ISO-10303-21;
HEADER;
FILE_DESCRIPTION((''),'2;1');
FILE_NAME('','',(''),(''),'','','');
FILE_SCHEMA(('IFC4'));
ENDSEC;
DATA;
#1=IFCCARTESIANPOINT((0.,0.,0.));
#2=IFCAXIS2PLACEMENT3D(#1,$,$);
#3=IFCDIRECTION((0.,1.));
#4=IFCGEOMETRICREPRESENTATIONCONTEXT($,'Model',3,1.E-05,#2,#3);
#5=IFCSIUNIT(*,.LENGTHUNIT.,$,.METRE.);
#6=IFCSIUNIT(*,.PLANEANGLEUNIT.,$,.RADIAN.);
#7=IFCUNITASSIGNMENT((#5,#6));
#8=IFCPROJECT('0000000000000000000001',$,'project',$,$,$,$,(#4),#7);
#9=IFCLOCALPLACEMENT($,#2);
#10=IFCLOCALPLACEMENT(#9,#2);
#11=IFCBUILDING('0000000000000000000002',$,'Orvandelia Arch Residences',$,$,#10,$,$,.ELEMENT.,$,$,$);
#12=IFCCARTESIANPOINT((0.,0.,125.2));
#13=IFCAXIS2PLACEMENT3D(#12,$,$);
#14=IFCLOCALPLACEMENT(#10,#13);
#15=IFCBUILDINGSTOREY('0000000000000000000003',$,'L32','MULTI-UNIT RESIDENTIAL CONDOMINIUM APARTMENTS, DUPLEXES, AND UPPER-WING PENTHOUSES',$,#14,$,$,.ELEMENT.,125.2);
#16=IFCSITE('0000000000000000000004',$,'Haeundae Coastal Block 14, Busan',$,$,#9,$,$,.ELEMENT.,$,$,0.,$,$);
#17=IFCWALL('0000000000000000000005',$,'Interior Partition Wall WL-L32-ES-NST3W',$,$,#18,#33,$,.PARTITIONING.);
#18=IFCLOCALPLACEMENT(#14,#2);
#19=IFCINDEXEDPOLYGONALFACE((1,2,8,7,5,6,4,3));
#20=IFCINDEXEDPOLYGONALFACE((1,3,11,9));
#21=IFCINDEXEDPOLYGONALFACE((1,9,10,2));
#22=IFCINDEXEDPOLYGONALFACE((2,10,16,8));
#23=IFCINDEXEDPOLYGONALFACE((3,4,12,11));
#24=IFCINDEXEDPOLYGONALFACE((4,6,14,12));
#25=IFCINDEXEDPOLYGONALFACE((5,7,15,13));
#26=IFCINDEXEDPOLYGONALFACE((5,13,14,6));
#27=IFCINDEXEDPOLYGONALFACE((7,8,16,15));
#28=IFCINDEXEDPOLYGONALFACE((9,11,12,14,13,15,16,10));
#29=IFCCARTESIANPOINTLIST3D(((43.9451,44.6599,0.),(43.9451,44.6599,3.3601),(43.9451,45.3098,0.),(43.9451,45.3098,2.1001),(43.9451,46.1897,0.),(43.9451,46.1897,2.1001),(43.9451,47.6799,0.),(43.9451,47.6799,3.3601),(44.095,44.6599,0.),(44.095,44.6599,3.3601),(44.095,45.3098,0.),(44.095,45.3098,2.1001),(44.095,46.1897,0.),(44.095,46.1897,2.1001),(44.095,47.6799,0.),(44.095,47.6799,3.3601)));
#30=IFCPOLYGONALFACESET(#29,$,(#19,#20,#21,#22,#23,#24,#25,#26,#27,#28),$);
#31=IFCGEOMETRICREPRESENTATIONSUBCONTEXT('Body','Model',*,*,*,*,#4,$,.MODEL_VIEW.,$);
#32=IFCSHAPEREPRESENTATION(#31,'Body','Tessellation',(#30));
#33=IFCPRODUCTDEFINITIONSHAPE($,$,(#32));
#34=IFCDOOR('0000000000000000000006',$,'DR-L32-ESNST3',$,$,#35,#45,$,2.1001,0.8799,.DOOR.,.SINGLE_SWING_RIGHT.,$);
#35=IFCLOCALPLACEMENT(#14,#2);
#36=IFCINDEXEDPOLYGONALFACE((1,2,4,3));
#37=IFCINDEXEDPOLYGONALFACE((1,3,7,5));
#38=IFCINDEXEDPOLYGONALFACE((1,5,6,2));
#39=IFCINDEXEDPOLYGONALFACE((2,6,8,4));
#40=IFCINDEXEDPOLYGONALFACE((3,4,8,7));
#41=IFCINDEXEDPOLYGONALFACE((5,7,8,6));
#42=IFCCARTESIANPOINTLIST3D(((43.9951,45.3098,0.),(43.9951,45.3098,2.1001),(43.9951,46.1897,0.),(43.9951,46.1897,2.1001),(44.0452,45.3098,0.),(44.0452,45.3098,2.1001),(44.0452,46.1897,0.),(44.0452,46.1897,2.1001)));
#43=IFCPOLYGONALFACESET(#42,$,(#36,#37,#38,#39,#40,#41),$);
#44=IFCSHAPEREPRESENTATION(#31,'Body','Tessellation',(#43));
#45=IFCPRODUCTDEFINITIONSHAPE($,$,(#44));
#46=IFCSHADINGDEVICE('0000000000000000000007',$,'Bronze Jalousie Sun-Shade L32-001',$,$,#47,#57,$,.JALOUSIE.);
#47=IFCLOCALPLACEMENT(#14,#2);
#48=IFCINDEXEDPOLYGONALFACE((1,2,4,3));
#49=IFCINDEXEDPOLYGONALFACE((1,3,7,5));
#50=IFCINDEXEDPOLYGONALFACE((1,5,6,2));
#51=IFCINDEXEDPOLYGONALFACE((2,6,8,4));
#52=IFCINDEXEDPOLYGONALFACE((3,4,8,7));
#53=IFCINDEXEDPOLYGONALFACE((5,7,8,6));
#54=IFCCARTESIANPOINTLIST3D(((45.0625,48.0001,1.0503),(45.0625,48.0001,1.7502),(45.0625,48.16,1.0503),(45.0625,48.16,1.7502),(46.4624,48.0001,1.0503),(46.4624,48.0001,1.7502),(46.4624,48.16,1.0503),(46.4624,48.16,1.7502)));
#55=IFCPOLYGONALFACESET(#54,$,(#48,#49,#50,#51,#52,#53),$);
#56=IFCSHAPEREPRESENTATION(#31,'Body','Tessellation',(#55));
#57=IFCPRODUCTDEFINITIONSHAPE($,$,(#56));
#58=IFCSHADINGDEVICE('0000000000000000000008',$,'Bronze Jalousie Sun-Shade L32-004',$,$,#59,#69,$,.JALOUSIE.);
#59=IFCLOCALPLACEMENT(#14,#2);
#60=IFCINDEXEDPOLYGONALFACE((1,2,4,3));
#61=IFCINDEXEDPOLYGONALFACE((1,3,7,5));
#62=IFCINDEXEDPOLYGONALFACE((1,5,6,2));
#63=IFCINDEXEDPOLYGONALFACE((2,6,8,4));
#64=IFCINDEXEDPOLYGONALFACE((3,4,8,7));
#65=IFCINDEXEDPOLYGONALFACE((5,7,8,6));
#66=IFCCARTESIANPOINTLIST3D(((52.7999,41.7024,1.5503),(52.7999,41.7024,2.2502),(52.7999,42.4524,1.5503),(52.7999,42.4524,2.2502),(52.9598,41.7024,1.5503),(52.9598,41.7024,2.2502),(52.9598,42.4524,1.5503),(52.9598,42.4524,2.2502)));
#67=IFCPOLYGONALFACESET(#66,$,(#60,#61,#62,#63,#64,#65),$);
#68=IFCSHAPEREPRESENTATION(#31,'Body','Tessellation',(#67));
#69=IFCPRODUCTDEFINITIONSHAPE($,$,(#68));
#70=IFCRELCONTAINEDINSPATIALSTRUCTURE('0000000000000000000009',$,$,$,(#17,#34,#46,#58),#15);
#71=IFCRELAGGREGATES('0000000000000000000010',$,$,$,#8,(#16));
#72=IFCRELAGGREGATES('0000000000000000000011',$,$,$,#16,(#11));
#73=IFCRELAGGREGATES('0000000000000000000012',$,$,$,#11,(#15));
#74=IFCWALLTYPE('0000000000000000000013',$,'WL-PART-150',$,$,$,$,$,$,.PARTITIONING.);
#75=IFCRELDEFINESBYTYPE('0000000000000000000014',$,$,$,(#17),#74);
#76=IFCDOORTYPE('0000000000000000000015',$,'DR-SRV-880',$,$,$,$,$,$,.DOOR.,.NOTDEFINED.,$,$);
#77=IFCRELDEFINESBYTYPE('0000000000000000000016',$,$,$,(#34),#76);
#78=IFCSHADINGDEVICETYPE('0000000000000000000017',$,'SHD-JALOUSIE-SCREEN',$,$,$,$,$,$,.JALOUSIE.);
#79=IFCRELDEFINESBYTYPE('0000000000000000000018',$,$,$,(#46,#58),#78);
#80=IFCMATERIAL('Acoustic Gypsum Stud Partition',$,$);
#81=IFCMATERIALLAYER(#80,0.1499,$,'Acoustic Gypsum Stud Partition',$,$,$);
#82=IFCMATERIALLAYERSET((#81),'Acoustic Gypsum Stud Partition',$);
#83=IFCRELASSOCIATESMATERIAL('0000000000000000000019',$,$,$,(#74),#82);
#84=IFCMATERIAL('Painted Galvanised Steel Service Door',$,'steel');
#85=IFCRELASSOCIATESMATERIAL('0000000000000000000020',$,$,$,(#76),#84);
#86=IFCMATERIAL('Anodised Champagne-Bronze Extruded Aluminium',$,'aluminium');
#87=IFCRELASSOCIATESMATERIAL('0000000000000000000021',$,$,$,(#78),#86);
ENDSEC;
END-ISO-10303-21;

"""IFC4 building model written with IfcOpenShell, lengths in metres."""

from ifc_helpers import new_model, si_unit, direction, frame, frame_2d, origin, origin_2d, place, context, subcontext, project, spatial, rectangle, extrude, material, layer, layer_set, type_object, element, fill, save


model = new_model("IFC4")

# Units and contexts
model_context = context("Model", 3, precision=1e-05, world=origin(), true_north=direction((0.0, 1.0)))
body_context = subcontext(model_context, "Body", "Model", "MODEL_VIEW")
ifc_project = project(units=[si_unit("LENGTHUNIT", "METRE"), si_unit("PLANEANGLEUNIT", "RADIAN")], contexts=[model_context])

# Site, building, storey
site_placement = place(None, origin())
site = spatial("IfcSite", under=ifc_project, at=site_placement, Name="Haeundae Coastal Block 14, Busan", CompositionType="ELEMENT", RefElevation=0.0)
building_placement = place(site_placement, origin())
building = spatial("IfcBuilding", under=site, at=building_placement, Name="Orvandelia Arch Residences", CompositionType="ELEMENT")
storey_placement = place(building_placement, frame((0.0, 0.0, 125.2)))
storey = spatial("IfcBuildingStorey", under=building, at=storey_placement, Name="L32", Description="MULTI-UNIT RESIDENTIAL CONDOMINIUM APARTMENTS, DUPLEXES, AND UPPER-WING PENTHOUSES", CompositionType="ELEMENT", Elevation=125.2)

# Wall, opening, door
ifc_material_1 = material(Name="Acoustic Gypsum Stud Partition")
ifc_layer_1 = layer(ifc_material_1, 0.1499, Name="Acoustic Gypsum Stud Partition")
ifc_layer_set_1 = layer_set([ifc_layer_1], Name="Acoustic Gypsum Stud Partition")
wall_type_1 = type_object("IfcWallType", Name="WL-PART-150", PredefinedType="PARTITIONING", material=ifc_layer_set_1)
wall_1_placement = place(storey_placement, frame((44.02, 44.6599, 0.0), z_axis=(0.0, 0.0, 1.0), x_axis=(0.0, 1.0, 0.0)))
wall_1 = element("IfcWall", 1, at=wall_1_placement, inside=storey, type_object=wall_type_1, Name="Interior Partition Wall WL-L32-ES-NST3W", PredefinedType="PARTITIONING", context=body_context, shape_type="SweptSolid", body=[
    extrude(rectangle(XDim=3.02, YDim=0.1499, at=frame_2d((1.51, 0.0))), origin(), (0.0, 0.0, 1.0), 3.3601),
])
opening_1_placement = place(wall_1_placement, frame((0.6499, 0.0, 0.0)))
opening_1 = element("IfcOpeningElement", 2, at=opening_1_placement, cuts=wall_1, PredefinedType="OPENING", context=body_context, shape_type="SweptSolid", body=[
    extrude(rectangle(XDim=0.8799, YDim=2.1001, at=frame_2d((0.4399, 1.05))), frame((0.0, 0.085, 0.0), z_axis=(0.0, -1.0, 0.0), x_axis=(1.0, 0.0, 0.0)), (0.0, 0.0, 1.0), 0.1699),
])
ifc_material_2 = material(Name="Painted Galvanised Steel Service Door", Category="steel")
door_type_1 = type_object("IfcDoorType", Name="DR-SRV-880", OperationType="NOTDEFINED", PredefinedType="DOOR", material=ifc_material_2)
door_1_placement = place(opening_1_placement, origin())
door_1 = element("IfcDoor", 3, at=door_1_placement, inside=storey, type_object=door_type_1, Name="DR-L32-ESNST3", OperationType="SINGLE_SWING_RIGHT", OverallHeight=2.1001, OverallWidth=0.8799, PredefinedType="DOOR", context=body_context, shape_type="SweptSolid", body=[
    extrude(rectangle(XDim=0.8799, YDim=2.1001, at=frame_2d((0.4399, 1.05))), frame((0.0, 0.0249, 0.0), z_axis=(0.0, -1.0, 0.0), x_axis=(1.0, 0.0, 0.0)), (0.0, 0.0, 1.0), 0.05),
])
fill(opening_1, door_1)

# Shading devices
ifc_material_3 = material(Name="Anodised Champagne-Bronze Extruded Aluminium", Category="aluminium")
shading_device_type = type_object("IfcShadingDeviceType", Name="SHD-JALOUSIE-SCREEN", PredefinedType="JALOUSIE", material=ifc_material_3)
shading_device_1_placement = place(storey_placement, frame((45.7625, 48.0801, 1.0503), z_axis=(0.0, 0.0, 1.0), x_axis=(1.0, 0.0, 0.0)))
element("IfcShadingDevice", 4, at=shading_device_1_placement, inside=storey, type_object=shading_device_type, Name="Bronze Jalousie Sun-Shade L32-001", PredefinedType="JALOUSIE", context=body_context, shape_type="SweptSolid", body=[
    extrude(rectangle(XDim=1.3999, YDim=0.1599, at=origin_2d()), origin(), (0.0, 0.0, 1.0), 0.7),
])
shading_device_2_placement = place(storey_placement, frame((52.8799, 42.0774, 1.5503), z_axis=(0.0, 0.0, 1.0), x_axis=(0.0, -1.0, 0.0)))
element("IfcShadingDevice", 5, at=shading_device_2_placement, inside=storey, type_object=shading_device_type, Name="Bronze Jalousie Sun-Shade L32-004", PredefinedType="JALOUSIE", context=body_context, shape_type="SweptSolid", body=[
    extrude(rectangle(XDim=0.75, YDim=0.1599, at=origin_2d()), origin(), (0.0, 0.0, 1.0), 0.7),
])

save(model, "model.ifc")
